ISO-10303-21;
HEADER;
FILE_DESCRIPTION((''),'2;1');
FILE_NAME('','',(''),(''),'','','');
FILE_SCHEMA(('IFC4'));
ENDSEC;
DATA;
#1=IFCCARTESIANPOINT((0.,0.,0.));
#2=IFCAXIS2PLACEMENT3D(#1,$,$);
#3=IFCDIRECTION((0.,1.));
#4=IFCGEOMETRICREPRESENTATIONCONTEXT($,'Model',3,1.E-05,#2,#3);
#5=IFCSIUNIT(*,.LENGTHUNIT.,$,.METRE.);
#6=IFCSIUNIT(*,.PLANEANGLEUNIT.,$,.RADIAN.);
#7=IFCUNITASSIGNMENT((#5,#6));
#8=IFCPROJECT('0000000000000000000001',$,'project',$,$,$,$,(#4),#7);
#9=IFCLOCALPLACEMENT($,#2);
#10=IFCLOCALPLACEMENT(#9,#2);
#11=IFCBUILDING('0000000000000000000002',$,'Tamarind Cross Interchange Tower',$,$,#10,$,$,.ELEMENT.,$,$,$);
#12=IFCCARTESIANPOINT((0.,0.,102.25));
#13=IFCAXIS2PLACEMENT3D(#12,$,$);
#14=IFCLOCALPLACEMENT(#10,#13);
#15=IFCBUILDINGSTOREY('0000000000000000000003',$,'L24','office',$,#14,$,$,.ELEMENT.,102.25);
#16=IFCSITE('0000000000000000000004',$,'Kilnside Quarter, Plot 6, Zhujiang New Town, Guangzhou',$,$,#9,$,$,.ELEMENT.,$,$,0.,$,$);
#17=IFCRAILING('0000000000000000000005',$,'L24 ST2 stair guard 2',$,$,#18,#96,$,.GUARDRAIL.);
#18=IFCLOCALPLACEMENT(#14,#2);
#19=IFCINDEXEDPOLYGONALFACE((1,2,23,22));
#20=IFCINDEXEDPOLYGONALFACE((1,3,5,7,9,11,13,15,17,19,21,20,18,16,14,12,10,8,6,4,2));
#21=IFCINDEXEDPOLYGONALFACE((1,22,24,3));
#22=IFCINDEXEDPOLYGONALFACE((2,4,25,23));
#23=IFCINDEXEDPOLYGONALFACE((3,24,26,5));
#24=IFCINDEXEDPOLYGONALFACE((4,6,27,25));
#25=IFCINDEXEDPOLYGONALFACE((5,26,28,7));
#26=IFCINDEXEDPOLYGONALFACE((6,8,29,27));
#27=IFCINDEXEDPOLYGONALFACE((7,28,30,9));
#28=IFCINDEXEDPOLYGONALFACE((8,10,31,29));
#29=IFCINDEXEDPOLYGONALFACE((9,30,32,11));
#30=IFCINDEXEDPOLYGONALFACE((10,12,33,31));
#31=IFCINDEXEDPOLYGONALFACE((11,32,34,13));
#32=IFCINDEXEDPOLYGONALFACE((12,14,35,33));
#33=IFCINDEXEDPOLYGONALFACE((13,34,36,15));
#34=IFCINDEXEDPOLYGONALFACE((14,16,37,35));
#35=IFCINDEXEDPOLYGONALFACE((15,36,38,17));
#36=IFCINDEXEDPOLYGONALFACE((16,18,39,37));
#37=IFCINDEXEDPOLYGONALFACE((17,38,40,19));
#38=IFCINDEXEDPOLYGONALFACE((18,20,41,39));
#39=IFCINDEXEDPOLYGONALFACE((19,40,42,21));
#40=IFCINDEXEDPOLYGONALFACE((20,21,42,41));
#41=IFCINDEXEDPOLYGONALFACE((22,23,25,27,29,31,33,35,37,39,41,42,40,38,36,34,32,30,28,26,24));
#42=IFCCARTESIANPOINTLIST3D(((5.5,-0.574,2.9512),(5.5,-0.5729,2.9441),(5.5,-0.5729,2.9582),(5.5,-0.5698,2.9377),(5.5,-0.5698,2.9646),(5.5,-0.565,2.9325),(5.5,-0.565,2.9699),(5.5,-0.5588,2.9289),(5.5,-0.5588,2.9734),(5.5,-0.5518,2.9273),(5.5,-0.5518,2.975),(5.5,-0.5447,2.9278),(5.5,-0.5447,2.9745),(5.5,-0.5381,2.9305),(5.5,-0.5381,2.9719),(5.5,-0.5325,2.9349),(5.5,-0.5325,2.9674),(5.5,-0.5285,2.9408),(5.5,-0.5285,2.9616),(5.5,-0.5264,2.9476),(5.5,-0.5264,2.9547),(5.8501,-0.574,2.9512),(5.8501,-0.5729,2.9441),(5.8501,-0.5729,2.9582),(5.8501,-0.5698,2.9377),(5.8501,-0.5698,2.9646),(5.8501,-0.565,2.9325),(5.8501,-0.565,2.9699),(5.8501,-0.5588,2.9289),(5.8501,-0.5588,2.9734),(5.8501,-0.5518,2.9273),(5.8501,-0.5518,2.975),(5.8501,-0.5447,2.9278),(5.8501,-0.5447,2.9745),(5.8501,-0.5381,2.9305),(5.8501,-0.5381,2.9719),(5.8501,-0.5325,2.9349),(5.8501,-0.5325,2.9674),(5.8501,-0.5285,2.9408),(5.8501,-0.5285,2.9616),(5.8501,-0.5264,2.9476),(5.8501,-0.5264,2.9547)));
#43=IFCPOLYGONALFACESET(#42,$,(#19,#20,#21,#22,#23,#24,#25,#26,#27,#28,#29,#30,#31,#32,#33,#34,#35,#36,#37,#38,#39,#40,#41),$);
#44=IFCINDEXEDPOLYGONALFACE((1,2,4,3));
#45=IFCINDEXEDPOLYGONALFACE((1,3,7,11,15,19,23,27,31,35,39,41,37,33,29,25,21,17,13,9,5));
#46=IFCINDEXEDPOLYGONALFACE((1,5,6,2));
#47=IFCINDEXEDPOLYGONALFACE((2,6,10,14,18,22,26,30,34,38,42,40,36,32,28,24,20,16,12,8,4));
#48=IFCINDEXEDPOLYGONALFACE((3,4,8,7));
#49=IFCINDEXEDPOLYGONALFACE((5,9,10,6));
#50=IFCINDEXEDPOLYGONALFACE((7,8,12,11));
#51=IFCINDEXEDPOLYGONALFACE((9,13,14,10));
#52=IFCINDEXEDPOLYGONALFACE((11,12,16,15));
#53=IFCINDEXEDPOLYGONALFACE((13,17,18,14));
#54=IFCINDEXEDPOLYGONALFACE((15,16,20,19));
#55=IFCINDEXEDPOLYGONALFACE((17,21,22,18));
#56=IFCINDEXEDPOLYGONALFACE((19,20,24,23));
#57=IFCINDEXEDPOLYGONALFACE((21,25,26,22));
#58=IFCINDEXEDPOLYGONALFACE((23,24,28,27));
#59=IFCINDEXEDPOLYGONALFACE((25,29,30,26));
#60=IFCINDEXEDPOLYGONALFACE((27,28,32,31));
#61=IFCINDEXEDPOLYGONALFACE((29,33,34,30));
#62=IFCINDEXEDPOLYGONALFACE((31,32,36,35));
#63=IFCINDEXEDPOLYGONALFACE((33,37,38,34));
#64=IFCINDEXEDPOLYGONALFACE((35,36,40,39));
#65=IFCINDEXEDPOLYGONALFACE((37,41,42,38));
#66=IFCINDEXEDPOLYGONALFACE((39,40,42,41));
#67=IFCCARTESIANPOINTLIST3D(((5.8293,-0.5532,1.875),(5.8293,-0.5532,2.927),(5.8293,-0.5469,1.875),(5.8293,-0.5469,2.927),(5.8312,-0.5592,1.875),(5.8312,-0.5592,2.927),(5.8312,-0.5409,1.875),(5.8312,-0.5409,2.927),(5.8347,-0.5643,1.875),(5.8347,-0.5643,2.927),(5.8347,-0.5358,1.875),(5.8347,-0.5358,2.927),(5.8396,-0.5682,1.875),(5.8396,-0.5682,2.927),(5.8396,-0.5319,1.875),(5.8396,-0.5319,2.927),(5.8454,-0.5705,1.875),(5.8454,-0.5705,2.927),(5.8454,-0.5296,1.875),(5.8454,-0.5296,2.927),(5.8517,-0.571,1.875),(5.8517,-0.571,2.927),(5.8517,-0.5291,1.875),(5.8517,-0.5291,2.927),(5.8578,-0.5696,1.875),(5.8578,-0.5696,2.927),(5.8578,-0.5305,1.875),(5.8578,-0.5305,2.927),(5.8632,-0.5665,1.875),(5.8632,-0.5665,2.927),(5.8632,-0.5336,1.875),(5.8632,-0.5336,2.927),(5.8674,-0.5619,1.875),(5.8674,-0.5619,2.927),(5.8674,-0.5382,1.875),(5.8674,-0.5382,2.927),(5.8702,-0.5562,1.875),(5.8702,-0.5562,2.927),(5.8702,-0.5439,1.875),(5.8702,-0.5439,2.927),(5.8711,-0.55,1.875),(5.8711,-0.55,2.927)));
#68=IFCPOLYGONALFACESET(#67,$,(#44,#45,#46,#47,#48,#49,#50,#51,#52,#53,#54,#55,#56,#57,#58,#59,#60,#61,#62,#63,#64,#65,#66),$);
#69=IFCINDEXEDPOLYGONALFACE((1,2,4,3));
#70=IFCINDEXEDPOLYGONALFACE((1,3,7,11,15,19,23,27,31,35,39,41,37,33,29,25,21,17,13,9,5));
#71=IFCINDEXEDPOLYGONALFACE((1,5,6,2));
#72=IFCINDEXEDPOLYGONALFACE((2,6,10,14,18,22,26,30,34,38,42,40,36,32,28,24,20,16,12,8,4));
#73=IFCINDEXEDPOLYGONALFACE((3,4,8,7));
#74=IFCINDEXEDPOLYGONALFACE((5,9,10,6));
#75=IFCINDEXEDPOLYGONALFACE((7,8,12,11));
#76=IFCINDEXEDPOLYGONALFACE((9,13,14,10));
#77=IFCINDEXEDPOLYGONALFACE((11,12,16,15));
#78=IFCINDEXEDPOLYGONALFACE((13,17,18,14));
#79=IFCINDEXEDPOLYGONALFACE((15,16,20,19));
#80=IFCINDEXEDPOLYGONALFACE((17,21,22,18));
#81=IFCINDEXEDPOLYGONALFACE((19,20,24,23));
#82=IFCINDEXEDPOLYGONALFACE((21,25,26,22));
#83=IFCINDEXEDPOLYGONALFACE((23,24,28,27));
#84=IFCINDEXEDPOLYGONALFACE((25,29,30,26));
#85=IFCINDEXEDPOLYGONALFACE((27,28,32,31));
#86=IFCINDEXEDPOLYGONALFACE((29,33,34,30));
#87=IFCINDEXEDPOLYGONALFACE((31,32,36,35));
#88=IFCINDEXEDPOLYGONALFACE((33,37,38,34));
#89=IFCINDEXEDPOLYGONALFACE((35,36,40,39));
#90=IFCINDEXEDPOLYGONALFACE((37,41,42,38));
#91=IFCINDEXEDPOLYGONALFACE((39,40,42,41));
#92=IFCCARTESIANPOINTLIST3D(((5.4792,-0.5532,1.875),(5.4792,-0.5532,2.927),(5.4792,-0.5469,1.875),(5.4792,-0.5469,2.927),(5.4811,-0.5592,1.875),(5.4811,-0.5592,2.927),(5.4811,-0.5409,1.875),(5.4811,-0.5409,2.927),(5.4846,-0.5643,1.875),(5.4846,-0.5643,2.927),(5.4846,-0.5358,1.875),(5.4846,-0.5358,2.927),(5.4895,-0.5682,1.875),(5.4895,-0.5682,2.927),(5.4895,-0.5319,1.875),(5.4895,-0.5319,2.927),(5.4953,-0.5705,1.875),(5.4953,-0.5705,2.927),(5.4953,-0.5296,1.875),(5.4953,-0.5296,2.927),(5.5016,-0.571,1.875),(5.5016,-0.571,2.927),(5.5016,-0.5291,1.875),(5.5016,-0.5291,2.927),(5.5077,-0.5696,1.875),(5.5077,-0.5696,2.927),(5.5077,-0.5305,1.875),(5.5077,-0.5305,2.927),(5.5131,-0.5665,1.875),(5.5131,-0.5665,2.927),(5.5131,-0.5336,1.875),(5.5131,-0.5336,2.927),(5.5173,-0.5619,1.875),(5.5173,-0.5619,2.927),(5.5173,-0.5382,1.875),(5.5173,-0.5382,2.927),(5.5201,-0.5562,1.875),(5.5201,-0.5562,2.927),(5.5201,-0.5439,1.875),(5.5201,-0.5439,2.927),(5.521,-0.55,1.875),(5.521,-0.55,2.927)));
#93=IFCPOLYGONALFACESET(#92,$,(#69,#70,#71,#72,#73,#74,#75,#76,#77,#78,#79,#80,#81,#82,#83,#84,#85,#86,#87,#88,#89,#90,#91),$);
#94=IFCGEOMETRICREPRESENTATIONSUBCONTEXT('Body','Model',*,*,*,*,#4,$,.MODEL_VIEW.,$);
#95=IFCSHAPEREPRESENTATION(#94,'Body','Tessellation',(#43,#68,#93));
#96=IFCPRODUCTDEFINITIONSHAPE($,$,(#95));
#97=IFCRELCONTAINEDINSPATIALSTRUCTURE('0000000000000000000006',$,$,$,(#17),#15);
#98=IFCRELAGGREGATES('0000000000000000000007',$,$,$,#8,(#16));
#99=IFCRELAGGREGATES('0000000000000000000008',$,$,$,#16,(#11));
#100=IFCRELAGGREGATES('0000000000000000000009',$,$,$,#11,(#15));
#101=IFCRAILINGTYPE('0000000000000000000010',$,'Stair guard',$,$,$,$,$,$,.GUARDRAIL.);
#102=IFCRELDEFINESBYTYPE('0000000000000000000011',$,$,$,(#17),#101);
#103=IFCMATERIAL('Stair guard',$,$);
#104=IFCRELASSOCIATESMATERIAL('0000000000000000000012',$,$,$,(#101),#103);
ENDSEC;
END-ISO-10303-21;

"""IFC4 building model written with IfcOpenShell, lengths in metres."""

from ifc_helpers import new_model, si_unit, direction, frame, origin, origin_2d, place, context, subcontext, project, spatial, circle, extrude, material, type_object, element, save


model = new_model("IFC4")

# Units and contexts
model_context = context("Model", 3, precision=1e-05, world=origin(), true_north=direction((0.0, 1.0)))
body_context = subcontext(model_context, "Body", "Model", "MODEL_VIEW")
ifc_project = project(units=[si_unit("LENGTHUNIT", "METRE"), si_unit("PLANEANGLEUNIT", "RADIAN")], contexts=[model_context])

# Site, building, storey
site_placement = place(None, origin())
site = spatial("IfcSite", under=ifc_project, at=site_placement, Name="Kilnside Quarter, Plot 6, Zhujiang New Town, Guangzhou", CompositionType="ELEMENT", RefElevation=0.0)
building_placement = place(site_placement, origin())
building = spatial("IfcBuilding", under=site, at=building_placement, Name="Tamarind Cross Interchange Tower", CompositionType="ELEMENT")
storey_placement = place(building_placement, frame((0.0, 0.0, 102.25)))
storey = spatial("IfcBuildingStorey", under=building, at=storey_placement, Name="L24", Description="office", CompositionType="ELEMENT", Elevation=102.25)

# Railing
ifc_material_1 = material(Name="Stair guard")
railing_type_1 = type_object("IfcRailingType", Name="Stair guard", PredefinedType="GUARDRAIL", material=ifc_material_1)
railing_1_placement = place(storey_placement, frame((5.8501, -0.55, 1.875)))
element("IfcRailing", 1, at=railing_1_placement, inside=storey, type_object=railing_type_1, Name="L24 ST2 stair guard 2", PredefinedType="GUARDRAIL", context=body_context, shape_type="SweptSolid", body=[
    extrude(circle(Radius=0.0239, at=origin_2d()), frame((0.0, 0.0, 1.0762), z_axis=(-1.0, 0.0, 0.0), x_axis=(0.0, -1.0, 0.0)), (0.0, 0.0, 1.0), 0.3501),
    extrude(circle(Radius=0.021, at=origin_2d()), origin(), (0.0, 0.0, 1.0), 1.052),
    extrude(circle(Radius=0.021, at=origin_2d()), frame((-0.3501, 0.0, 0.0)), (0.0, 0.0, 1.0), 1.052),
])

save(model, "model.ifc")
